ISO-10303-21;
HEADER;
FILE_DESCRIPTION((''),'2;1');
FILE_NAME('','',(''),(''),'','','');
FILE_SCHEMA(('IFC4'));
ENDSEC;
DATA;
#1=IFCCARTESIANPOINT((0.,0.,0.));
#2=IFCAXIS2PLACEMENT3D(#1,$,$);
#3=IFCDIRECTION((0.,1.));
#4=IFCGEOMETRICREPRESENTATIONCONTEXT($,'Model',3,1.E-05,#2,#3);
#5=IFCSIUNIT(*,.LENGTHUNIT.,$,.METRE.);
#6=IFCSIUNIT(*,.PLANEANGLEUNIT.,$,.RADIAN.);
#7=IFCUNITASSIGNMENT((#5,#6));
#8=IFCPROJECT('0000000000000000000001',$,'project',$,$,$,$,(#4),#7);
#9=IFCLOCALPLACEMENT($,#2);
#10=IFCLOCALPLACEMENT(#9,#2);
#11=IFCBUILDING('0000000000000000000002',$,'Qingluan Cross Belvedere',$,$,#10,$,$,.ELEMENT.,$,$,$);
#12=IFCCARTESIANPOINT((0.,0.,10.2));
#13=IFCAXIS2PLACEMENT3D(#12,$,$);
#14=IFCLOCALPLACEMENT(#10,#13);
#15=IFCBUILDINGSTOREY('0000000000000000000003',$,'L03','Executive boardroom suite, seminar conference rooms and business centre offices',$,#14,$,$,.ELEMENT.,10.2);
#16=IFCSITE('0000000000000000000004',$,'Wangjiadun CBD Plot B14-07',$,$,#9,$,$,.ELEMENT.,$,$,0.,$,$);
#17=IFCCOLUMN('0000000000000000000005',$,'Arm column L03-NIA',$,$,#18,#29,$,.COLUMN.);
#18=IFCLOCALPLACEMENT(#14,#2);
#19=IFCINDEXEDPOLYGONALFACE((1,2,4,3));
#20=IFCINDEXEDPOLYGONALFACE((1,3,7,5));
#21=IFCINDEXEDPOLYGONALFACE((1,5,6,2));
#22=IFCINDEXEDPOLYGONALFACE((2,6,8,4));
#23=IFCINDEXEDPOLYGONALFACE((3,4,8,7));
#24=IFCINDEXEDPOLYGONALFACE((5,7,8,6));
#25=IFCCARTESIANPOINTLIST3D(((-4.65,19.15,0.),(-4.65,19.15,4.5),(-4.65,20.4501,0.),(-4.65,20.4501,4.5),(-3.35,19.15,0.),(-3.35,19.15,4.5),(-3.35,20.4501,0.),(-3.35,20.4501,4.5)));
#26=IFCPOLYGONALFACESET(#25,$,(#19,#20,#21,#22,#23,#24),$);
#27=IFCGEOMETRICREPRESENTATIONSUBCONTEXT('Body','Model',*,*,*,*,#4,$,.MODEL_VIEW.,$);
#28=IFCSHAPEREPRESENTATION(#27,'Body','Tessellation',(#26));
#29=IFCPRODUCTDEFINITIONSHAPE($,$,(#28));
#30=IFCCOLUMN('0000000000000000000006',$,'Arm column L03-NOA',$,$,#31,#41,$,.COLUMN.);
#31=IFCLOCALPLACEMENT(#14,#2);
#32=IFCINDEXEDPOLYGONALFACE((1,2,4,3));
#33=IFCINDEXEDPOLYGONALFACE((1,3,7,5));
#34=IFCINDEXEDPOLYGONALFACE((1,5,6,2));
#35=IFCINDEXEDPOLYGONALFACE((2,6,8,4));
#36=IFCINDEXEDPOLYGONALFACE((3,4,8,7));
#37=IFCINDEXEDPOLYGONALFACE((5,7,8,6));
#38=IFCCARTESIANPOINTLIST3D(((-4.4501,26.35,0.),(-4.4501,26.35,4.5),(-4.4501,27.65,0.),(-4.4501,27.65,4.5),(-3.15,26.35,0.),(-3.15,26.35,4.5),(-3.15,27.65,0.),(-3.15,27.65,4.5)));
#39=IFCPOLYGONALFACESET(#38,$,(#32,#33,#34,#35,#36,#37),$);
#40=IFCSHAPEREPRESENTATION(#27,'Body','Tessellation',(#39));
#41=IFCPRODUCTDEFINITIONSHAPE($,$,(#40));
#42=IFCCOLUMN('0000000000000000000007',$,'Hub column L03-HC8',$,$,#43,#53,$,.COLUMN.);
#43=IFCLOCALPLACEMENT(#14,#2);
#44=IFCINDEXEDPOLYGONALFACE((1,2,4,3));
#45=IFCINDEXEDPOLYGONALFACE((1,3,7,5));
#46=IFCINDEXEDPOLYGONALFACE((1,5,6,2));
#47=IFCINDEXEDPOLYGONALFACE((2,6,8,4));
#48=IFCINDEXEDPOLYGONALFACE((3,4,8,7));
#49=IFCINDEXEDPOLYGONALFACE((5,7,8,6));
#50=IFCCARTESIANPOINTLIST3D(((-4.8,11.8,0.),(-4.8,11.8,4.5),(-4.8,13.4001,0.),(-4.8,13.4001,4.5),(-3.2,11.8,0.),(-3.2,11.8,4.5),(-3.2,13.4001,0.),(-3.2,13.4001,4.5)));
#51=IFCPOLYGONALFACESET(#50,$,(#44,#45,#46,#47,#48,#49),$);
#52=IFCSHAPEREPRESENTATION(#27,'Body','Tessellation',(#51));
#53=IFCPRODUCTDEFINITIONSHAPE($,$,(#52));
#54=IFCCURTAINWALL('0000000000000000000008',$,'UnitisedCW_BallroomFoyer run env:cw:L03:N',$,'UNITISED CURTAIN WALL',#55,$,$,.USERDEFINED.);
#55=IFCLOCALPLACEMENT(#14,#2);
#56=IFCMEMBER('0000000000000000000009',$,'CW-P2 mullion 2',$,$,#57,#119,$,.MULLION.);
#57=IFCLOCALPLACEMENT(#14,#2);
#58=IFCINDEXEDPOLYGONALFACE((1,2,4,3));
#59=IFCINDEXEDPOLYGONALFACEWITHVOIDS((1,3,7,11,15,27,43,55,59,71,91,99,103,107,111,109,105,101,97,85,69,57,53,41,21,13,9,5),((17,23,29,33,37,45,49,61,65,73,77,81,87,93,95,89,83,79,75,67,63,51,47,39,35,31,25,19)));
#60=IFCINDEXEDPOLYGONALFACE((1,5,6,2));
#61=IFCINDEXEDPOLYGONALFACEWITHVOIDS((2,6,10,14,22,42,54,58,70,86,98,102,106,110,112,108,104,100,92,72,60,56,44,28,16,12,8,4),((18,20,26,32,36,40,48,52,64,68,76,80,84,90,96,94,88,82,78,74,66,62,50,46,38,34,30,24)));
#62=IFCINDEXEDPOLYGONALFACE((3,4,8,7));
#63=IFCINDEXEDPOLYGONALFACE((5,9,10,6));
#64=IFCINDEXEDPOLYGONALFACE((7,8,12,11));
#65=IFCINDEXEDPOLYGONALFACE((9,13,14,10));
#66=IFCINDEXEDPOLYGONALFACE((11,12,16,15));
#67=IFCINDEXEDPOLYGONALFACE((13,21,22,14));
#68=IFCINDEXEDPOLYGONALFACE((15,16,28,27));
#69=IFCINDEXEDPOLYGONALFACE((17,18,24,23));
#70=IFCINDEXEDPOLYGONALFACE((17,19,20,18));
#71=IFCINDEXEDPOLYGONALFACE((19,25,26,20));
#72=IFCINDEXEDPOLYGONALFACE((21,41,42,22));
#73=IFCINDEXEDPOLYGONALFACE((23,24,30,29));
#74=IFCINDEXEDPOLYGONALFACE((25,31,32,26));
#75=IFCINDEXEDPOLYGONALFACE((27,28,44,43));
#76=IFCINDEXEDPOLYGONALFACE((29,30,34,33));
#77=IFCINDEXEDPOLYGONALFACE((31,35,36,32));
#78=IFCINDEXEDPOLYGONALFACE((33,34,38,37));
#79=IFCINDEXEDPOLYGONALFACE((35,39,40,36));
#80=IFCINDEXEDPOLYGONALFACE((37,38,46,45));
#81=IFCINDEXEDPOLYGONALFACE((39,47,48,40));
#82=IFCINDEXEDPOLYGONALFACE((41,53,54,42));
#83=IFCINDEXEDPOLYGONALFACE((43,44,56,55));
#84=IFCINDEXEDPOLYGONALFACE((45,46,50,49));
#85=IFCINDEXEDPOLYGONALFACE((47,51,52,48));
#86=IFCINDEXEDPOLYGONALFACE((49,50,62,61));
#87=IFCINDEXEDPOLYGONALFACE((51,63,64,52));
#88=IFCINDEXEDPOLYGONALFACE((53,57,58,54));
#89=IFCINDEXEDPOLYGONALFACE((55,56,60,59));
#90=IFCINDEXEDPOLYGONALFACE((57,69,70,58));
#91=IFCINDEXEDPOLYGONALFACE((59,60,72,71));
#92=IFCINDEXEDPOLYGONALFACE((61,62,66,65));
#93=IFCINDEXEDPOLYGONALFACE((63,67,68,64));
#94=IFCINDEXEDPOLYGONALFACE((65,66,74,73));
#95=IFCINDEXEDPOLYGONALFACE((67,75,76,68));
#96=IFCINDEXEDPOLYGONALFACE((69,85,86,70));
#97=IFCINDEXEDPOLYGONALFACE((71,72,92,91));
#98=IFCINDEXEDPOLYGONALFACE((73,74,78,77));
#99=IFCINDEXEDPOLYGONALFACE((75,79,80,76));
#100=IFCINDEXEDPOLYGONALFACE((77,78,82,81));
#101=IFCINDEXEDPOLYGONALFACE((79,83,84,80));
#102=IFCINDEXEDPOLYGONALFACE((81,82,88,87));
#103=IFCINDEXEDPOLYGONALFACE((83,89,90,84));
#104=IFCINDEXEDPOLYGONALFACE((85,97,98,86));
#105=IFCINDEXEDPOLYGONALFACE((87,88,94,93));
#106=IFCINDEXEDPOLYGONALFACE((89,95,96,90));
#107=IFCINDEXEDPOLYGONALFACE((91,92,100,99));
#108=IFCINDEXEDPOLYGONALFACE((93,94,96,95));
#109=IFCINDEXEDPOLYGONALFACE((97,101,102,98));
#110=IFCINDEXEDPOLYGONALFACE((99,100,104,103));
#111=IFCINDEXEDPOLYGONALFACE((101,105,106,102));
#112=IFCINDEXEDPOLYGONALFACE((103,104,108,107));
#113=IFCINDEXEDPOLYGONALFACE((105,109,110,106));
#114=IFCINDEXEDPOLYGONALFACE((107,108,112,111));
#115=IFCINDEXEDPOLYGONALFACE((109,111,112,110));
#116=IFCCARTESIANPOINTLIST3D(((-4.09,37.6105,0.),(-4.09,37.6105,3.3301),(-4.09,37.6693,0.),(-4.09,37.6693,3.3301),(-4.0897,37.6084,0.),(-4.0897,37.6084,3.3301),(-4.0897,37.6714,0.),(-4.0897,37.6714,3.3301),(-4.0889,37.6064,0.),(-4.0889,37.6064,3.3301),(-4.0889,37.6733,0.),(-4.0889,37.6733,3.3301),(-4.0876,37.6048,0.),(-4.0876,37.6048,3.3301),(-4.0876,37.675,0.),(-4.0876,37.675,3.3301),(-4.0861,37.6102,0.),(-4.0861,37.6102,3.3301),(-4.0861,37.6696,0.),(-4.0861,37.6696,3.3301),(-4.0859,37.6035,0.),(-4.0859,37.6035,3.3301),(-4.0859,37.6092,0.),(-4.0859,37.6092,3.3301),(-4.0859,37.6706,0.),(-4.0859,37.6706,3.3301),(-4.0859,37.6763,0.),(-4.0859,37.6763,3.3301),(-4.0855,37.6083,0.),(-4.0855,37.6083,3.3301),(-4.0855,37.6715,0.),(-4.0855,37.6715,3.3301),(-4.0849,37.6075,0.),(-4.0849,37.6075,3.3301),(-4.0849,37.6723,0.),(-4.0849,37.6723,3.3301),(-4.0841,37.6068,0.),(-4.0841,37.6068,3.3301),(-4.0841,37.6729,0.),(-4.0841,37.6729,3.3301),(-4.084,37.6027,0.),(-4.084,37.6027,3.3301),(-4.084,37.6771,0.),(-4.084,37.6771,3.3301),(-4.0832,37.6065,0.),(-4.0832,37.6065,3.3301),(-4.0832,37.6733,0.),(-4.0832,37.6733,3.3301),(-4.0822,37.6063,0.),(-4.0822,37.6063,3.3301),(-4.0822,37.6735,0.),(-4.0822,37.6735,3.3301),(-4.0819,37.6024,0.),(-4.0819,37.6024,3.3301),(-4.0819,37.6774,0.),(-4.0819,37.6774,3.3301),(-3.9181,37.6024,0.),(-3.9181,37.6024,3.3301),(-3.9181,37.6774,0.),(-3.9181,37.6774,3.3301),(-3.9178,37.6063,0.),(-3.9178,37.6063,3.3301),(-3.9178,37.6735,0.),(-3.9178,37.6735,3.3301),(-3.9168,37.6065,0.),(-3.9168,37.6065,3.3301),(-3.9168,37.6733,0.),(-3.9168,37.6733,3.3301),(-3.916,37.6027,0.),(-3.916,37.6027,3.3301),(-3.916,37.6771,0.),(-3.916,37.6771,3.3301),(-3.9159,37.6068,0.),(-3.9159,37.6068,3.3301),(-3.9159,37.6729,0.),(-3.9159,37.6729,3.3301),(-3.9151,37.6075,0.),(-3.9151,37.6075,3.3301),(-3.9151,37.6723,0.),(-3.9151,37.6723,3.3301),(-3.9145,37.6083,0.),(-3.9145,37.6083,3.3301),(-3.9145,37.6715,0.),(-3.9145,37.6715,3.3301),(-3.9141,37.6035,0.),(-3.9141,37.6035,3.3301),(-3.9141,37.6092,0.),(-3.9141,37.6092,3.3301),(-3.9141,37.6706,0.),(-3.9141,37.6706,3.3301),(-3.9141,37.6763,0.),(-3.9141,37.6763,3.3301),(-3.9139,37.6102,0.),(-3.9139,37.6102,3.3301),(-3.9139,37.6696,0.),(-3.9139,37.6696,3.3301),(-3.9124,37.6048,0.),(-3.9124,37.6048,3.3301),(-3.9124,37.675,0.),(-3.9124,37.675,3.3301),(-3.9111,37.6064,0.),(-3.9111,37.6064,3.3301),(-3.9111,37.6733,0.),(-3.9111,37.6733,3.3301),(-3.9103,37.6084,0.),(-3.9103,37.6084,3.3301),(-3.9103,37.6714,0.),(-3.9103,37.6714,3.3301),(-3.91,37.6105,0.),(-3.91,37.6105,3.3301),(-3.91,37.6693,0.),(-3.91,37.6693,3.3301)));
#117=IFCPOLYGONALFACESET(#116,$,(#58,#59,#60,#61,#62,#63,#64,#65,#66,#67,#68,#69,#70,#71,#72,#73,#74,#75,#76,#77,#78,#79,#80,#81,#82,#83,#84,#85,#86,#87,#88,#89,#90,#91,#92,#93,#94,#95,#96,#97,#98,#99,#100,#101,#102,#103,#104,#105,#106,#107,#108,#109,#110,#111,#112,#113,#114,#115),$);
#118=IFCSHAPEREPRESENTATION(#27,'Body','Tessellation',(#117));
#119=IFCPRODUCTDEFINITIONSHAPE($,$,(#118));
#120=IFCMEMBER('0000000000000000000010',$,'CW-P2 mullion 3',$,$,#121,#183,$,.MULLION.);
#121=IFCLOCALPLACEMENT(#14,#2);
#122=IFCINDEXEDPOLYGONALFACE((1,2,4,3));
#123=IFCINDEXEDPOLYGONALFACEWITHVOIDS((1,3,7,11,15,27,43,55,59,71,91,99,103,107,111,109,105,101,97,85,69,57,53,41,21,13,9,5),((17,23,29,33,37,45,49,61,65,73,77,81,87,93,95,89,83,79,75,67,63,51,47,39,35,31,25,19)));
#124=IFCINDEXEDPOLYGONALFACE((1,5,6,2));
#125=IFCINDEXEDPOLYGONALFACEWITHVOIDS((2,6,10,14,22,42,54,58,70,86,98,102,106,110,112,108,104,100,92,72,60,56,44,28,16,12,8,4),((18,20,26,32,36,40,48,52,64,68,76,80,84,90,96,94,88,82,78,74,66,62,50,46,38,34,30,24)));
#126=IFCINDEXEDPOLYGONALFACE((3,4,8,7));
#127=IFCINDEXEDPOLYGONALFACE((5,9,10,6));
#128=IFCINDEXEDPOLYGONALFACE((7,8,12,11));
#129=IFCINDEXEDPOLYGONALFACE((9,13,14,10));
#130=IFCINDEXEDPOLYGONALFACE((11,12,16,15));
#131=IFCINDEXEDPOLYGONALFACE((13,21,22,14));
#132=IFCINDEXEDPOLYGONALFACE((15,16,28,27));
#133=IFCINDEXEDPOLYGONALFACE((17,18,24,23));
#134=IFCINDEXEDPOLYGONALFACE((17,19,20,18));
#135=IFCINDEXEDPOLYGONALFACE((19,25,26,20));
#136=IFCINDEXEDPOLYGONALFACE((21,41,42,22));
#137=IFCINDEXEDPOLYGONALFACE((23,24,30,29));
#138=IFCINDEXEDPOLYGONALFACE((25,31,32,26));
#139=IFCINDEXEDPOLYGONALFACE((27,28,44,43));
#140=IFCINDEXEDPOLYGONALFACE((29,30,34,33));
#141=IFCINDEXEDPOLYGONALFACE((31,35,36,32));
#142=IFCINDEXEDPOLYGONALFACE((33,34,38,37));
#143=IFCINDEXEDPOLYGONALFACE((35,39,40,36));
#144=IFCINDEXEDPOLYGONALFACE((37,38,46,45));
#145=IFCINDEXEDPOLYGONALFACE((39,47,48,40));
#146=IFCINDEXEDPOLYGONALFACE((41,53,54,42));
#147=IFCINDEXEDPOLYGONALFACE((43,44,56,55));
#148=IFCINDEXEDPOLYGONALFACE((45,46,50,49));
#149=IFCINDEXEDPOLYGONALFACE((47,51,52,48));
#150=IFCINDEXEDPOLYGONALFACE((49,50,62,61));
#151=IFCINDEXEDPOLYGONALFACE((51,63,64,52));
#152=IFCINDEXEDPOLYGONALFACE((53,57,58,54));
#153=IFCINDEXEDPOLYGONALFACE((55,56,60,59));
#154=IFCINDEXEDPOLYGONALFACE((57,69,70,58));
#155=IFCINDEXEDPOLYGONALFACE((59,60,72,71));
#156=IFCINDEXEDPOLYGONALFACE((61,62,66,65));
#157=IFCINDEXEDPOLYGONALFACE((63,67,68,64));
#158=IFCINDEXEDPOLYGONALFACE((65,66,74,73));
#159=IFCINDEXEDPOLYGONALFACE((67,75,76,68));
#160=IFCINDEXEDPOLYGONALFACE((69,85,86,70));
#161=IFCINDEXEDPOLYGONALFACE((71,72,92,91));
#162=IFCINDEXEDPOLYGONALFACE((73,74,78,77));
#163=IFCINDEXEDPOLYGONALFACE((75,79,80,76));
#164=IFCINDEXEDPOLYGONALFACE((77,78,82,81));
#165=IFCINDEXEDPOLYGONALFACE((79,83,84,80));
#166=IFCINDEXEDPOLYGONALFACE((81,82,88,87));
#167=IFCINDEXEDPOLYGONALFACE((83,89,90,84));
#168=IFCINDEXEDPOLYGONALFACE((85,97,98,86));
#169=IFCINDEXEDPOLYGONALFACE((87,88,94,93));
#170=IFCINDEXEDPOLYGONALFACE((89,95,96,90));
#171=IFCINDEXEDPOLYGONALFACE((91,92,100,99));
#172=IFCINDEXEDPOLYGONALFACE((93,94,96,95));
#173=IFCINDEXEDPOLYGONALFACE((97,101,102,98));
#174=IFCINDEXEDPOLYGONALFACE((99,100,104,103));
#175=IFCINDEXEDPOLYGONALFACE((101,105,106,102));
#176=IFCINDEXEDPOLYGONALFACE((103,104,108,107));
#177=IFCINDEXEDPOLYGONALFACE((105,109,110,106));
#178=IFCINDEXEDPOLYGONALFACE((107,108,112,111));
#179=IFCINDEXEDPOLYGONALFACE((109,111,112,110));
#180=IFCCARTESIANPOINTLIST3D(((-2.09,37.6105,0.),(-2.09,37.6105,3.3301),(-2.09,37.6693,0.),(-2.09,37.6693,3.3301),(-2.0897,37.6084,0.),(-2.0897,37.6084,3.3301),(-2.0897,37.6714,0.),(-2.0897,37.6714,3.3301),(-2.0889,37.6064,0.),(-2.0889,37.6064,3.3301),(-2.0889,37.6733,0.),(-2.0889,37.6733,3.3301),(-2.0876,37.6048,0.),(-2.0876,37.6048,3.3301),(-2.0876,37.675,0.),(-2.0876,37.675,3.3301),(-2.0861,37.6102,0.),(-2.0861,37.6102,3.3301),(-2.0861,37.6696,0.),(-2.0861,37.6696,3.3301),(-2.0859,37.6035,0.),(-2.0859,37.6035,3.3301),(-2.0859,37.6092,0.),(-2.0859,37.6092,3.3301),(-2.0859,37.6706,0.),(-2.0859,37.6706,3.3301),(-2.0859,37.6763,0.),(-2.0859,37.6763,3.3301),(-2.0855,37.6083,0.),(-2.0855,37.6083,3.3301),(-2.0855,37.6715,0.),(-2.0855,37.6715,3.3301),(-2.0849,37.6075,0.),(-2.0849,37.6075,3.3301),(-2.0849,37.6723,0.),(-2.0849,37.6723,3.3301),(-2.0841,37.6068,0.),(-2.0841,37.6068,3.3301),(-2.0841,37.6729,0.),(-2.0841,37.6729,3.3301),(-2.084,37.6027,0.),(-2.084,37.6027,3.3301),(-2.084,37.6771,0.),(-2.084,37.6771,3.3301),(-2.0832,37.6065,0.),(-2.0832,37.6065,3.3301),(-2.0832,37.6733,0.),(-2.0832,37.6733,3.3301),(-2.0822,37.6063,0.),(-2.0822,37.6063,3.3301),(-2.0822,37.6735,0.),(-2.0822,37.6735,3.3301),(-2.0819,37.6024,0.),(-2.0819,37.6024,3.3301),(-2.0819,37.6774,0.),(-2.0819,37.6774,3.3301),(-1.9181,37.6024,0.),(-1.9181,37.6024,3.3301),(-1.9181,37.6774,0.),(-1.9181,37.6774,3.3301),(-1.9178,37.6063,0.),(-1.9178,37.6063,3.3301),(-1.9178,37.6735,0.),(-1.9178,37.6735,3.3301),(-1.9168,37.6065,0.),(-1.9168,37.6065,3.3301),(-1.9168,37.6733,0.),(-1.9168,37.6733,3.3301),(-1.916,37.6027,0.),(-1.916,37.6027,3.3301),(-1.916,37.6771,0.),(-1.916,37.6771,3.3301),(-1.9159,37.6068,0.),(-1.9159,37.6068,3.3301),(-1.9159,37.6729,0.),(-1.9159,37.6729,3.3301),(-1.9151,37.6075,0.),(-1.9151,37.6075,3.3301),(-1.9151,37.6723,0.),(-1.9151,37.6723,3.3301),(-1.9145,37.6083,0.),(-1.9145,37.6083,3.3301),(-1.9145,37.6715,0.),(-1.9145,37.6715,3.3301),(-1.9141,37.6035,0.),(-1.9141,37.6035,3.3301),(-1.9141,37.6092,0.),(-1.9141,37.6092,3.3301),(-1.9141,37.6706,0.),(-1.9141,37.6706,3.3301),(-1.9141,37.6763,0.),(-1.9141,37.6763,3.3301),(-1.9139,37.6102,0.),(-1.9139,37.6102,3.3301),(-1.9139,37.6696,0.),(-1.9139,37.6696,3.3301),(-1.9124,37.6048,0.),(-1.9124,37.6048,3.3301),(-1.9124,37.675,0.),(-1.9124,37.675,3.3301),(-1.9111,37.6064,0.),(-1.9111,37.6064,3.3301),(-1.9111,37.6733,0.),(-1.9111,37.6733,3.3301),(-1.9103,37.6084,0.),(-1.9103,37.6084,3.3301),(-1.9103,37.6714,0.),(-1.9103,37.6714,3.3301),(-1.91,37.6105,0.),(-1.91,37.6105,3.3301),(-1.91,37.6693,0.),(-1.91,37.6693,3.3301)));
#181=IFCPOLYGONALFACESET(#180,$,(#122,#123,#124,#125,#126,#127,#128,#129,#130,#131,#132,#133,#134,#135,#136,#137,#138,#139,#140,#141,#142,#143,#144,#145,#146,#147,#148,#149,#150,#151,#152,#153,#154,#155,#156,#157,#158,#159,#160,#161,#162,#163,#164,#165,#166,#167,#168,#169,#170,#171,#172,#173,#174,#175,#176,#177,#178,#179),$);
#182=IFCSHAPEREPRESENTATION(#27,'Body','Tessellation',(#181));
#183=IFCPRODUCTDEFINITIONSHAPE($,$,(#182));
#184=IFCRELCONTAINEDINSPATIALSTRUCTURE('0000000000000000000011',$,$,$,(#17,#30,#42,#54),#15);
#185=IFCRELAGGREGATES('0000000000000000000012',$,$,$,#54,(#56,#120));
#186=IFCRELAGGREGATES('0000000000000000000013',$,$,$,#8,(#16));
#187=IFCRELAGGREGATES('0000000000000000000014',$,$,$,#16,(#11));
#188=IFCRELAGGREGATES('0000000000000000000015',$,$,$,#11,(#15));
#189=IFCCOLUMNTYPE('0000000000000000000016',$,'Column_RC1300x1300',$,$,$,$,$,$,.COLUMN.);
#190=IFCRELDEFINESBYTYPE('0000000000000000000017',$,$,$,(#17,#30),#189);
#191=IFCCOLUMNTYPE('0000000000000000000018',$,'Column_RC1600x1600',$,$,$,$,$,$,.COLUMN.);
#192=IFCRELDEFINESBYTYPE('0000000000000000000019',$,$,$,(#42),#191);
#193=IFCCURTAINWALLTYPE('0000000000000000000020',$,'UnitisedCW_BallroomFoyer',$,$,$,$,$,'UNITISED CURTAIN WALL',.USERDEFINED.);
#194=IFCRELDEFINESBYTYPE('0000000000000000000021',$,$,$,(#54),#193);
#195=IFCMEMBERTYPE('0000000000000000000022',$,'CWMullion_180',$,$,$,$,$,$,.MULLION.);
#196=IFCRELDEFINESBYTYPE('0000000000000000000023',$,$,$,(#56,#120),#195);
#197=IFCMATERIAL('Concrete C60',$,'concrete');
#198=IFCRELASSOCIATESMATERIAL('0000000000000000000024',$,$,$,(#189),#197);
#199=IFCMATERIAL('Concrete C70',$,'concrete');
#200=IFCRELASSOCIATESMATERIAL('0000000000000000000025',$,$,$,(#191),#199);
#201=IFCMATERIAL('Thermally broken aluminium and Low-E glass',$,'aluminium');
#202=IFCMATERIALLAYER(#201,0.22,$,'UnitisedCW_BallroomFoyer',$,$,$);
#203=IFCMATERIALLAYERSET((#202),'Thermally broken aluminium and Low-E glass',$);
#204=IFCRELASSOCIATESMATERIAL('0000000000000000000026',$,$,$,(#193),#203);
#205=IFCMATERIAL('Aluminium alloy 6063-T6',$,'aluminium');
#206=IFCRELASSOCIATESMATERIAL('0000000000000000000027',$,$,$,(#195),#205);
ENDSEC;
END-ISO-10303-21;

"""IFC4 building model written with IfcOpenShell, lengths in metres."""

from ifc_helpers import new_model, si_unit, direction, frame, origin, origin_2d, place, context, subcontext, project, spatial, rectangle, hollow_rectangle, extrude, material, layer, layer_set, material_profile, profile_set, type_object, element, aggregate, save


model = new_model("IFC4")

# Units and contexts
model_context = context("Model", 3, precision=1e-05, world=origin(), true_north=direction((0.0, 1.0)))
body_context = subcontext(model_context, "Body", "Model", "MODEL_VIEW")
ifc_project = project(units=[si_unit("LENGTHUNIT", "METRE"), si_unit("PLANEANGLEUNIT", "RADIAN")], contexts=[model_context])

# Site, building, storey
site_placement = place(None, origin())
site = spatial("IfcSite", under=ifc_project, at=site_placement, Name="Wangjiadun CBD Plot B14-07", CompositionType="ELEMENT", RefElevation=0.0)
building_placement = place(site_placement, origin())
building = spatial("IfcBuilding", under=site, at=building_placement, Name="Qingluan Cross Belvedere", CompositionType="ELEMENT")
storey_placement = place(building_placement, frame((0.0, 0.0, 10.2)))
storey = spatial("IfcBuildingStorey", under=building, at=storey_placement, Name="L03", Description="Executive boardroom suite, seminar conference rooms and business centre offices", CompositionType="ELEMENT", Elevation=10.2)

# Columns
ifc_material_1 = material(Name="Concrete C60", Category="concrete")
ifc_material_profile_1 = material_profile(ifc_material_1, rectangle(XDim=1.3, YDim=1.3, at=origin_2d()), Name="RC1300x1300")
ifc_profile_set_1 = profile_set([ifc_material_profile_1], Name="Concrete C60")
column_type_1 = type_object("IfcColumnType", Name="Column_RC1300x1300", PredefinedType="COLUMN", material=ifc_profile_set_1)
for number, where, z_axis, x_axis, name in (
    (1, (-4.0, 19.8, 0.0), (0.0, 0.0, 1.0), (1.0, 0.0, 0.0), "Arm column L03-NIA"),
    (2, (-3.8, 27.0, 0.0), (0.0, 0.0, 1.0), (1.0, 0.0, 0.0), "Arm column L03-NOA"),
):
    element("IfcColumn", number, at=place(storey_placement, frame(where, z_axis=z_axis, x_axis=x_axis)), inside=storey, type_object=column_type_1, Name=name, PredefinedType="COLUMN", context=body_context, shape_type="SweptSolid", body=[
        extrude(rectangle(XDim=1.3, YDim=1.3, at=origin_2d()), origin(), (0.0, 0.0, 1.0), 4.5),
    ])
ifc_material_2 = material(Name="Concrete C70", Category="concrete")
ifc_material_profile_2 = material_profile(ifc_material_2, rectangle(XDim=1.6001, YDim=1.6001, at=origin_2d()), Name="RC1600x1600")
ifc_profile_set_2 = profile_set([ifc_material_profile_2], Name="Concrete C70")
column_type_2 = type_object("IfcColumnType", Name="Column_RC1600x1600", PredefinedType="COLUMN", material=ifc_profile_set_2)
column_placement = place(storey_placement, frame((-4.0, 12.6001, 0.0), z_axis=(0.0, 0.0, 1.0), x_axis=(1.0, 0.0, 0.0)))
element("IfcColumn", 3, at=column_placement, inside=storey, type_object=column_type_2, Name="Hub column L03-HC8", PredefinedType="COLUMN", context=body_context, shape_type="SweptSolid", body=[
    extrude(rectangle(XDim=1.6001, YDim=1.6001, at=origin_2d()), origin(), (0.0, 0.0, 1.0), 4.5),
])

# Curtain wall, members
ifc_material_3 = material(Name="Thermally broken aluminium and Low-E glass", Category="aluminium")
ifc_layer_1 = layer(ifc_material_3, 0.22, Name="UnitisedCW_BallroomFoyer")
ifc_layer_set_1 = layer_set([ifc_layer_1], Name="Thermally broken aluminium and Low-E glass")
curtain_wall_type = type_object("IfcCurtainWallType", Name="UnitisedCW_BallroomFoyer", ElementType="UNITISED CURTAIN WALL", PredefinedType="USERDEFINED", material=ifc_layer_set_1)
curtain_wall_placement = place(storey_placement, origin())
curtain_wall = element("IfcCurtainWall", 4, at=curtain_wall_placement, inside=storey, type_object=curtain_wall_type, Name="UnitisedCW_BallroomFoyer run env:cw:L03:N", ObjectType="UNITISED CURTAIN WALL", PredefinedType="USERDEFINED")
ifc_material_4 = material(Name="Aluminium alloy 6063-T6", Category="aluminium")
ifc_material_profile_3 = material_profile(ifc_material_4, hollow_rectangle(XDim=0.075, YDim=0.1799, WallThickness=0.0039, InnerFilletRadius=0.0039, OuterFilletRadius=0.0081, at=origin_2d()), Name="CWM180x75x4")
ifc_profile_set_3 = profile_set([ifc_material_profile_3], Name="Aluminium alloy 6063-T6")
member_type_1 = type_object("IfcMemberType", Name="CWMullion_180", PredefinedType="MULLION", material=ifc_profile_set_3)
member_1_placement = place(storey_placement, frame((-4.0, 37.6399, 0.0), z_axis=(0.0, 0.0, 1.0), x_axis=(0.0, 1.0, 0.0)))
member_1 = element("IfcMember", 5, at=member_1_placement, type_object=member_type_1, Name="CW-P2 mullion 2", PredefinedType="MULLION", context=body_context, shape_type="SweptSolid", body=[
    extrude(hollow_rectangle(XDim=0.075, YDim=0.1799, WallThickness=0.0039, InnerFilletRadius=0.0039, OuterFilletRadius=0.0081, at=origin_2d()), origin(), (0.0, 0.0, 1.0), 3.3301),
])
member_2_placement = place(storey_placement, frame((-2.0, 37.6399, 0.0), z_axis=(0.0, 0.0, 1.0), x_axis=(0.0, 1.0, 0.0)))
member_2 = element("IfcMember", 6, at=member_2_placement, type_object=member_type_1, Name="CW-P2 mullion 3", PredefinedType="MULLION", context=body_context, shape_type="SweptSolid", body=[
    extrude(hollow_rectangle(XDim=0.075, YDim=0.1799, WallThickness=0.0039, InnerFilletRadius=0.0039, OuterFilletRadius=0.0081, at=origin_2d()), origin(), (0.0, 0.0, 1.0), 3.3301),
])

aggregate(curtain_wall, [member_1, member_2])

save(model, "model.ifc")
